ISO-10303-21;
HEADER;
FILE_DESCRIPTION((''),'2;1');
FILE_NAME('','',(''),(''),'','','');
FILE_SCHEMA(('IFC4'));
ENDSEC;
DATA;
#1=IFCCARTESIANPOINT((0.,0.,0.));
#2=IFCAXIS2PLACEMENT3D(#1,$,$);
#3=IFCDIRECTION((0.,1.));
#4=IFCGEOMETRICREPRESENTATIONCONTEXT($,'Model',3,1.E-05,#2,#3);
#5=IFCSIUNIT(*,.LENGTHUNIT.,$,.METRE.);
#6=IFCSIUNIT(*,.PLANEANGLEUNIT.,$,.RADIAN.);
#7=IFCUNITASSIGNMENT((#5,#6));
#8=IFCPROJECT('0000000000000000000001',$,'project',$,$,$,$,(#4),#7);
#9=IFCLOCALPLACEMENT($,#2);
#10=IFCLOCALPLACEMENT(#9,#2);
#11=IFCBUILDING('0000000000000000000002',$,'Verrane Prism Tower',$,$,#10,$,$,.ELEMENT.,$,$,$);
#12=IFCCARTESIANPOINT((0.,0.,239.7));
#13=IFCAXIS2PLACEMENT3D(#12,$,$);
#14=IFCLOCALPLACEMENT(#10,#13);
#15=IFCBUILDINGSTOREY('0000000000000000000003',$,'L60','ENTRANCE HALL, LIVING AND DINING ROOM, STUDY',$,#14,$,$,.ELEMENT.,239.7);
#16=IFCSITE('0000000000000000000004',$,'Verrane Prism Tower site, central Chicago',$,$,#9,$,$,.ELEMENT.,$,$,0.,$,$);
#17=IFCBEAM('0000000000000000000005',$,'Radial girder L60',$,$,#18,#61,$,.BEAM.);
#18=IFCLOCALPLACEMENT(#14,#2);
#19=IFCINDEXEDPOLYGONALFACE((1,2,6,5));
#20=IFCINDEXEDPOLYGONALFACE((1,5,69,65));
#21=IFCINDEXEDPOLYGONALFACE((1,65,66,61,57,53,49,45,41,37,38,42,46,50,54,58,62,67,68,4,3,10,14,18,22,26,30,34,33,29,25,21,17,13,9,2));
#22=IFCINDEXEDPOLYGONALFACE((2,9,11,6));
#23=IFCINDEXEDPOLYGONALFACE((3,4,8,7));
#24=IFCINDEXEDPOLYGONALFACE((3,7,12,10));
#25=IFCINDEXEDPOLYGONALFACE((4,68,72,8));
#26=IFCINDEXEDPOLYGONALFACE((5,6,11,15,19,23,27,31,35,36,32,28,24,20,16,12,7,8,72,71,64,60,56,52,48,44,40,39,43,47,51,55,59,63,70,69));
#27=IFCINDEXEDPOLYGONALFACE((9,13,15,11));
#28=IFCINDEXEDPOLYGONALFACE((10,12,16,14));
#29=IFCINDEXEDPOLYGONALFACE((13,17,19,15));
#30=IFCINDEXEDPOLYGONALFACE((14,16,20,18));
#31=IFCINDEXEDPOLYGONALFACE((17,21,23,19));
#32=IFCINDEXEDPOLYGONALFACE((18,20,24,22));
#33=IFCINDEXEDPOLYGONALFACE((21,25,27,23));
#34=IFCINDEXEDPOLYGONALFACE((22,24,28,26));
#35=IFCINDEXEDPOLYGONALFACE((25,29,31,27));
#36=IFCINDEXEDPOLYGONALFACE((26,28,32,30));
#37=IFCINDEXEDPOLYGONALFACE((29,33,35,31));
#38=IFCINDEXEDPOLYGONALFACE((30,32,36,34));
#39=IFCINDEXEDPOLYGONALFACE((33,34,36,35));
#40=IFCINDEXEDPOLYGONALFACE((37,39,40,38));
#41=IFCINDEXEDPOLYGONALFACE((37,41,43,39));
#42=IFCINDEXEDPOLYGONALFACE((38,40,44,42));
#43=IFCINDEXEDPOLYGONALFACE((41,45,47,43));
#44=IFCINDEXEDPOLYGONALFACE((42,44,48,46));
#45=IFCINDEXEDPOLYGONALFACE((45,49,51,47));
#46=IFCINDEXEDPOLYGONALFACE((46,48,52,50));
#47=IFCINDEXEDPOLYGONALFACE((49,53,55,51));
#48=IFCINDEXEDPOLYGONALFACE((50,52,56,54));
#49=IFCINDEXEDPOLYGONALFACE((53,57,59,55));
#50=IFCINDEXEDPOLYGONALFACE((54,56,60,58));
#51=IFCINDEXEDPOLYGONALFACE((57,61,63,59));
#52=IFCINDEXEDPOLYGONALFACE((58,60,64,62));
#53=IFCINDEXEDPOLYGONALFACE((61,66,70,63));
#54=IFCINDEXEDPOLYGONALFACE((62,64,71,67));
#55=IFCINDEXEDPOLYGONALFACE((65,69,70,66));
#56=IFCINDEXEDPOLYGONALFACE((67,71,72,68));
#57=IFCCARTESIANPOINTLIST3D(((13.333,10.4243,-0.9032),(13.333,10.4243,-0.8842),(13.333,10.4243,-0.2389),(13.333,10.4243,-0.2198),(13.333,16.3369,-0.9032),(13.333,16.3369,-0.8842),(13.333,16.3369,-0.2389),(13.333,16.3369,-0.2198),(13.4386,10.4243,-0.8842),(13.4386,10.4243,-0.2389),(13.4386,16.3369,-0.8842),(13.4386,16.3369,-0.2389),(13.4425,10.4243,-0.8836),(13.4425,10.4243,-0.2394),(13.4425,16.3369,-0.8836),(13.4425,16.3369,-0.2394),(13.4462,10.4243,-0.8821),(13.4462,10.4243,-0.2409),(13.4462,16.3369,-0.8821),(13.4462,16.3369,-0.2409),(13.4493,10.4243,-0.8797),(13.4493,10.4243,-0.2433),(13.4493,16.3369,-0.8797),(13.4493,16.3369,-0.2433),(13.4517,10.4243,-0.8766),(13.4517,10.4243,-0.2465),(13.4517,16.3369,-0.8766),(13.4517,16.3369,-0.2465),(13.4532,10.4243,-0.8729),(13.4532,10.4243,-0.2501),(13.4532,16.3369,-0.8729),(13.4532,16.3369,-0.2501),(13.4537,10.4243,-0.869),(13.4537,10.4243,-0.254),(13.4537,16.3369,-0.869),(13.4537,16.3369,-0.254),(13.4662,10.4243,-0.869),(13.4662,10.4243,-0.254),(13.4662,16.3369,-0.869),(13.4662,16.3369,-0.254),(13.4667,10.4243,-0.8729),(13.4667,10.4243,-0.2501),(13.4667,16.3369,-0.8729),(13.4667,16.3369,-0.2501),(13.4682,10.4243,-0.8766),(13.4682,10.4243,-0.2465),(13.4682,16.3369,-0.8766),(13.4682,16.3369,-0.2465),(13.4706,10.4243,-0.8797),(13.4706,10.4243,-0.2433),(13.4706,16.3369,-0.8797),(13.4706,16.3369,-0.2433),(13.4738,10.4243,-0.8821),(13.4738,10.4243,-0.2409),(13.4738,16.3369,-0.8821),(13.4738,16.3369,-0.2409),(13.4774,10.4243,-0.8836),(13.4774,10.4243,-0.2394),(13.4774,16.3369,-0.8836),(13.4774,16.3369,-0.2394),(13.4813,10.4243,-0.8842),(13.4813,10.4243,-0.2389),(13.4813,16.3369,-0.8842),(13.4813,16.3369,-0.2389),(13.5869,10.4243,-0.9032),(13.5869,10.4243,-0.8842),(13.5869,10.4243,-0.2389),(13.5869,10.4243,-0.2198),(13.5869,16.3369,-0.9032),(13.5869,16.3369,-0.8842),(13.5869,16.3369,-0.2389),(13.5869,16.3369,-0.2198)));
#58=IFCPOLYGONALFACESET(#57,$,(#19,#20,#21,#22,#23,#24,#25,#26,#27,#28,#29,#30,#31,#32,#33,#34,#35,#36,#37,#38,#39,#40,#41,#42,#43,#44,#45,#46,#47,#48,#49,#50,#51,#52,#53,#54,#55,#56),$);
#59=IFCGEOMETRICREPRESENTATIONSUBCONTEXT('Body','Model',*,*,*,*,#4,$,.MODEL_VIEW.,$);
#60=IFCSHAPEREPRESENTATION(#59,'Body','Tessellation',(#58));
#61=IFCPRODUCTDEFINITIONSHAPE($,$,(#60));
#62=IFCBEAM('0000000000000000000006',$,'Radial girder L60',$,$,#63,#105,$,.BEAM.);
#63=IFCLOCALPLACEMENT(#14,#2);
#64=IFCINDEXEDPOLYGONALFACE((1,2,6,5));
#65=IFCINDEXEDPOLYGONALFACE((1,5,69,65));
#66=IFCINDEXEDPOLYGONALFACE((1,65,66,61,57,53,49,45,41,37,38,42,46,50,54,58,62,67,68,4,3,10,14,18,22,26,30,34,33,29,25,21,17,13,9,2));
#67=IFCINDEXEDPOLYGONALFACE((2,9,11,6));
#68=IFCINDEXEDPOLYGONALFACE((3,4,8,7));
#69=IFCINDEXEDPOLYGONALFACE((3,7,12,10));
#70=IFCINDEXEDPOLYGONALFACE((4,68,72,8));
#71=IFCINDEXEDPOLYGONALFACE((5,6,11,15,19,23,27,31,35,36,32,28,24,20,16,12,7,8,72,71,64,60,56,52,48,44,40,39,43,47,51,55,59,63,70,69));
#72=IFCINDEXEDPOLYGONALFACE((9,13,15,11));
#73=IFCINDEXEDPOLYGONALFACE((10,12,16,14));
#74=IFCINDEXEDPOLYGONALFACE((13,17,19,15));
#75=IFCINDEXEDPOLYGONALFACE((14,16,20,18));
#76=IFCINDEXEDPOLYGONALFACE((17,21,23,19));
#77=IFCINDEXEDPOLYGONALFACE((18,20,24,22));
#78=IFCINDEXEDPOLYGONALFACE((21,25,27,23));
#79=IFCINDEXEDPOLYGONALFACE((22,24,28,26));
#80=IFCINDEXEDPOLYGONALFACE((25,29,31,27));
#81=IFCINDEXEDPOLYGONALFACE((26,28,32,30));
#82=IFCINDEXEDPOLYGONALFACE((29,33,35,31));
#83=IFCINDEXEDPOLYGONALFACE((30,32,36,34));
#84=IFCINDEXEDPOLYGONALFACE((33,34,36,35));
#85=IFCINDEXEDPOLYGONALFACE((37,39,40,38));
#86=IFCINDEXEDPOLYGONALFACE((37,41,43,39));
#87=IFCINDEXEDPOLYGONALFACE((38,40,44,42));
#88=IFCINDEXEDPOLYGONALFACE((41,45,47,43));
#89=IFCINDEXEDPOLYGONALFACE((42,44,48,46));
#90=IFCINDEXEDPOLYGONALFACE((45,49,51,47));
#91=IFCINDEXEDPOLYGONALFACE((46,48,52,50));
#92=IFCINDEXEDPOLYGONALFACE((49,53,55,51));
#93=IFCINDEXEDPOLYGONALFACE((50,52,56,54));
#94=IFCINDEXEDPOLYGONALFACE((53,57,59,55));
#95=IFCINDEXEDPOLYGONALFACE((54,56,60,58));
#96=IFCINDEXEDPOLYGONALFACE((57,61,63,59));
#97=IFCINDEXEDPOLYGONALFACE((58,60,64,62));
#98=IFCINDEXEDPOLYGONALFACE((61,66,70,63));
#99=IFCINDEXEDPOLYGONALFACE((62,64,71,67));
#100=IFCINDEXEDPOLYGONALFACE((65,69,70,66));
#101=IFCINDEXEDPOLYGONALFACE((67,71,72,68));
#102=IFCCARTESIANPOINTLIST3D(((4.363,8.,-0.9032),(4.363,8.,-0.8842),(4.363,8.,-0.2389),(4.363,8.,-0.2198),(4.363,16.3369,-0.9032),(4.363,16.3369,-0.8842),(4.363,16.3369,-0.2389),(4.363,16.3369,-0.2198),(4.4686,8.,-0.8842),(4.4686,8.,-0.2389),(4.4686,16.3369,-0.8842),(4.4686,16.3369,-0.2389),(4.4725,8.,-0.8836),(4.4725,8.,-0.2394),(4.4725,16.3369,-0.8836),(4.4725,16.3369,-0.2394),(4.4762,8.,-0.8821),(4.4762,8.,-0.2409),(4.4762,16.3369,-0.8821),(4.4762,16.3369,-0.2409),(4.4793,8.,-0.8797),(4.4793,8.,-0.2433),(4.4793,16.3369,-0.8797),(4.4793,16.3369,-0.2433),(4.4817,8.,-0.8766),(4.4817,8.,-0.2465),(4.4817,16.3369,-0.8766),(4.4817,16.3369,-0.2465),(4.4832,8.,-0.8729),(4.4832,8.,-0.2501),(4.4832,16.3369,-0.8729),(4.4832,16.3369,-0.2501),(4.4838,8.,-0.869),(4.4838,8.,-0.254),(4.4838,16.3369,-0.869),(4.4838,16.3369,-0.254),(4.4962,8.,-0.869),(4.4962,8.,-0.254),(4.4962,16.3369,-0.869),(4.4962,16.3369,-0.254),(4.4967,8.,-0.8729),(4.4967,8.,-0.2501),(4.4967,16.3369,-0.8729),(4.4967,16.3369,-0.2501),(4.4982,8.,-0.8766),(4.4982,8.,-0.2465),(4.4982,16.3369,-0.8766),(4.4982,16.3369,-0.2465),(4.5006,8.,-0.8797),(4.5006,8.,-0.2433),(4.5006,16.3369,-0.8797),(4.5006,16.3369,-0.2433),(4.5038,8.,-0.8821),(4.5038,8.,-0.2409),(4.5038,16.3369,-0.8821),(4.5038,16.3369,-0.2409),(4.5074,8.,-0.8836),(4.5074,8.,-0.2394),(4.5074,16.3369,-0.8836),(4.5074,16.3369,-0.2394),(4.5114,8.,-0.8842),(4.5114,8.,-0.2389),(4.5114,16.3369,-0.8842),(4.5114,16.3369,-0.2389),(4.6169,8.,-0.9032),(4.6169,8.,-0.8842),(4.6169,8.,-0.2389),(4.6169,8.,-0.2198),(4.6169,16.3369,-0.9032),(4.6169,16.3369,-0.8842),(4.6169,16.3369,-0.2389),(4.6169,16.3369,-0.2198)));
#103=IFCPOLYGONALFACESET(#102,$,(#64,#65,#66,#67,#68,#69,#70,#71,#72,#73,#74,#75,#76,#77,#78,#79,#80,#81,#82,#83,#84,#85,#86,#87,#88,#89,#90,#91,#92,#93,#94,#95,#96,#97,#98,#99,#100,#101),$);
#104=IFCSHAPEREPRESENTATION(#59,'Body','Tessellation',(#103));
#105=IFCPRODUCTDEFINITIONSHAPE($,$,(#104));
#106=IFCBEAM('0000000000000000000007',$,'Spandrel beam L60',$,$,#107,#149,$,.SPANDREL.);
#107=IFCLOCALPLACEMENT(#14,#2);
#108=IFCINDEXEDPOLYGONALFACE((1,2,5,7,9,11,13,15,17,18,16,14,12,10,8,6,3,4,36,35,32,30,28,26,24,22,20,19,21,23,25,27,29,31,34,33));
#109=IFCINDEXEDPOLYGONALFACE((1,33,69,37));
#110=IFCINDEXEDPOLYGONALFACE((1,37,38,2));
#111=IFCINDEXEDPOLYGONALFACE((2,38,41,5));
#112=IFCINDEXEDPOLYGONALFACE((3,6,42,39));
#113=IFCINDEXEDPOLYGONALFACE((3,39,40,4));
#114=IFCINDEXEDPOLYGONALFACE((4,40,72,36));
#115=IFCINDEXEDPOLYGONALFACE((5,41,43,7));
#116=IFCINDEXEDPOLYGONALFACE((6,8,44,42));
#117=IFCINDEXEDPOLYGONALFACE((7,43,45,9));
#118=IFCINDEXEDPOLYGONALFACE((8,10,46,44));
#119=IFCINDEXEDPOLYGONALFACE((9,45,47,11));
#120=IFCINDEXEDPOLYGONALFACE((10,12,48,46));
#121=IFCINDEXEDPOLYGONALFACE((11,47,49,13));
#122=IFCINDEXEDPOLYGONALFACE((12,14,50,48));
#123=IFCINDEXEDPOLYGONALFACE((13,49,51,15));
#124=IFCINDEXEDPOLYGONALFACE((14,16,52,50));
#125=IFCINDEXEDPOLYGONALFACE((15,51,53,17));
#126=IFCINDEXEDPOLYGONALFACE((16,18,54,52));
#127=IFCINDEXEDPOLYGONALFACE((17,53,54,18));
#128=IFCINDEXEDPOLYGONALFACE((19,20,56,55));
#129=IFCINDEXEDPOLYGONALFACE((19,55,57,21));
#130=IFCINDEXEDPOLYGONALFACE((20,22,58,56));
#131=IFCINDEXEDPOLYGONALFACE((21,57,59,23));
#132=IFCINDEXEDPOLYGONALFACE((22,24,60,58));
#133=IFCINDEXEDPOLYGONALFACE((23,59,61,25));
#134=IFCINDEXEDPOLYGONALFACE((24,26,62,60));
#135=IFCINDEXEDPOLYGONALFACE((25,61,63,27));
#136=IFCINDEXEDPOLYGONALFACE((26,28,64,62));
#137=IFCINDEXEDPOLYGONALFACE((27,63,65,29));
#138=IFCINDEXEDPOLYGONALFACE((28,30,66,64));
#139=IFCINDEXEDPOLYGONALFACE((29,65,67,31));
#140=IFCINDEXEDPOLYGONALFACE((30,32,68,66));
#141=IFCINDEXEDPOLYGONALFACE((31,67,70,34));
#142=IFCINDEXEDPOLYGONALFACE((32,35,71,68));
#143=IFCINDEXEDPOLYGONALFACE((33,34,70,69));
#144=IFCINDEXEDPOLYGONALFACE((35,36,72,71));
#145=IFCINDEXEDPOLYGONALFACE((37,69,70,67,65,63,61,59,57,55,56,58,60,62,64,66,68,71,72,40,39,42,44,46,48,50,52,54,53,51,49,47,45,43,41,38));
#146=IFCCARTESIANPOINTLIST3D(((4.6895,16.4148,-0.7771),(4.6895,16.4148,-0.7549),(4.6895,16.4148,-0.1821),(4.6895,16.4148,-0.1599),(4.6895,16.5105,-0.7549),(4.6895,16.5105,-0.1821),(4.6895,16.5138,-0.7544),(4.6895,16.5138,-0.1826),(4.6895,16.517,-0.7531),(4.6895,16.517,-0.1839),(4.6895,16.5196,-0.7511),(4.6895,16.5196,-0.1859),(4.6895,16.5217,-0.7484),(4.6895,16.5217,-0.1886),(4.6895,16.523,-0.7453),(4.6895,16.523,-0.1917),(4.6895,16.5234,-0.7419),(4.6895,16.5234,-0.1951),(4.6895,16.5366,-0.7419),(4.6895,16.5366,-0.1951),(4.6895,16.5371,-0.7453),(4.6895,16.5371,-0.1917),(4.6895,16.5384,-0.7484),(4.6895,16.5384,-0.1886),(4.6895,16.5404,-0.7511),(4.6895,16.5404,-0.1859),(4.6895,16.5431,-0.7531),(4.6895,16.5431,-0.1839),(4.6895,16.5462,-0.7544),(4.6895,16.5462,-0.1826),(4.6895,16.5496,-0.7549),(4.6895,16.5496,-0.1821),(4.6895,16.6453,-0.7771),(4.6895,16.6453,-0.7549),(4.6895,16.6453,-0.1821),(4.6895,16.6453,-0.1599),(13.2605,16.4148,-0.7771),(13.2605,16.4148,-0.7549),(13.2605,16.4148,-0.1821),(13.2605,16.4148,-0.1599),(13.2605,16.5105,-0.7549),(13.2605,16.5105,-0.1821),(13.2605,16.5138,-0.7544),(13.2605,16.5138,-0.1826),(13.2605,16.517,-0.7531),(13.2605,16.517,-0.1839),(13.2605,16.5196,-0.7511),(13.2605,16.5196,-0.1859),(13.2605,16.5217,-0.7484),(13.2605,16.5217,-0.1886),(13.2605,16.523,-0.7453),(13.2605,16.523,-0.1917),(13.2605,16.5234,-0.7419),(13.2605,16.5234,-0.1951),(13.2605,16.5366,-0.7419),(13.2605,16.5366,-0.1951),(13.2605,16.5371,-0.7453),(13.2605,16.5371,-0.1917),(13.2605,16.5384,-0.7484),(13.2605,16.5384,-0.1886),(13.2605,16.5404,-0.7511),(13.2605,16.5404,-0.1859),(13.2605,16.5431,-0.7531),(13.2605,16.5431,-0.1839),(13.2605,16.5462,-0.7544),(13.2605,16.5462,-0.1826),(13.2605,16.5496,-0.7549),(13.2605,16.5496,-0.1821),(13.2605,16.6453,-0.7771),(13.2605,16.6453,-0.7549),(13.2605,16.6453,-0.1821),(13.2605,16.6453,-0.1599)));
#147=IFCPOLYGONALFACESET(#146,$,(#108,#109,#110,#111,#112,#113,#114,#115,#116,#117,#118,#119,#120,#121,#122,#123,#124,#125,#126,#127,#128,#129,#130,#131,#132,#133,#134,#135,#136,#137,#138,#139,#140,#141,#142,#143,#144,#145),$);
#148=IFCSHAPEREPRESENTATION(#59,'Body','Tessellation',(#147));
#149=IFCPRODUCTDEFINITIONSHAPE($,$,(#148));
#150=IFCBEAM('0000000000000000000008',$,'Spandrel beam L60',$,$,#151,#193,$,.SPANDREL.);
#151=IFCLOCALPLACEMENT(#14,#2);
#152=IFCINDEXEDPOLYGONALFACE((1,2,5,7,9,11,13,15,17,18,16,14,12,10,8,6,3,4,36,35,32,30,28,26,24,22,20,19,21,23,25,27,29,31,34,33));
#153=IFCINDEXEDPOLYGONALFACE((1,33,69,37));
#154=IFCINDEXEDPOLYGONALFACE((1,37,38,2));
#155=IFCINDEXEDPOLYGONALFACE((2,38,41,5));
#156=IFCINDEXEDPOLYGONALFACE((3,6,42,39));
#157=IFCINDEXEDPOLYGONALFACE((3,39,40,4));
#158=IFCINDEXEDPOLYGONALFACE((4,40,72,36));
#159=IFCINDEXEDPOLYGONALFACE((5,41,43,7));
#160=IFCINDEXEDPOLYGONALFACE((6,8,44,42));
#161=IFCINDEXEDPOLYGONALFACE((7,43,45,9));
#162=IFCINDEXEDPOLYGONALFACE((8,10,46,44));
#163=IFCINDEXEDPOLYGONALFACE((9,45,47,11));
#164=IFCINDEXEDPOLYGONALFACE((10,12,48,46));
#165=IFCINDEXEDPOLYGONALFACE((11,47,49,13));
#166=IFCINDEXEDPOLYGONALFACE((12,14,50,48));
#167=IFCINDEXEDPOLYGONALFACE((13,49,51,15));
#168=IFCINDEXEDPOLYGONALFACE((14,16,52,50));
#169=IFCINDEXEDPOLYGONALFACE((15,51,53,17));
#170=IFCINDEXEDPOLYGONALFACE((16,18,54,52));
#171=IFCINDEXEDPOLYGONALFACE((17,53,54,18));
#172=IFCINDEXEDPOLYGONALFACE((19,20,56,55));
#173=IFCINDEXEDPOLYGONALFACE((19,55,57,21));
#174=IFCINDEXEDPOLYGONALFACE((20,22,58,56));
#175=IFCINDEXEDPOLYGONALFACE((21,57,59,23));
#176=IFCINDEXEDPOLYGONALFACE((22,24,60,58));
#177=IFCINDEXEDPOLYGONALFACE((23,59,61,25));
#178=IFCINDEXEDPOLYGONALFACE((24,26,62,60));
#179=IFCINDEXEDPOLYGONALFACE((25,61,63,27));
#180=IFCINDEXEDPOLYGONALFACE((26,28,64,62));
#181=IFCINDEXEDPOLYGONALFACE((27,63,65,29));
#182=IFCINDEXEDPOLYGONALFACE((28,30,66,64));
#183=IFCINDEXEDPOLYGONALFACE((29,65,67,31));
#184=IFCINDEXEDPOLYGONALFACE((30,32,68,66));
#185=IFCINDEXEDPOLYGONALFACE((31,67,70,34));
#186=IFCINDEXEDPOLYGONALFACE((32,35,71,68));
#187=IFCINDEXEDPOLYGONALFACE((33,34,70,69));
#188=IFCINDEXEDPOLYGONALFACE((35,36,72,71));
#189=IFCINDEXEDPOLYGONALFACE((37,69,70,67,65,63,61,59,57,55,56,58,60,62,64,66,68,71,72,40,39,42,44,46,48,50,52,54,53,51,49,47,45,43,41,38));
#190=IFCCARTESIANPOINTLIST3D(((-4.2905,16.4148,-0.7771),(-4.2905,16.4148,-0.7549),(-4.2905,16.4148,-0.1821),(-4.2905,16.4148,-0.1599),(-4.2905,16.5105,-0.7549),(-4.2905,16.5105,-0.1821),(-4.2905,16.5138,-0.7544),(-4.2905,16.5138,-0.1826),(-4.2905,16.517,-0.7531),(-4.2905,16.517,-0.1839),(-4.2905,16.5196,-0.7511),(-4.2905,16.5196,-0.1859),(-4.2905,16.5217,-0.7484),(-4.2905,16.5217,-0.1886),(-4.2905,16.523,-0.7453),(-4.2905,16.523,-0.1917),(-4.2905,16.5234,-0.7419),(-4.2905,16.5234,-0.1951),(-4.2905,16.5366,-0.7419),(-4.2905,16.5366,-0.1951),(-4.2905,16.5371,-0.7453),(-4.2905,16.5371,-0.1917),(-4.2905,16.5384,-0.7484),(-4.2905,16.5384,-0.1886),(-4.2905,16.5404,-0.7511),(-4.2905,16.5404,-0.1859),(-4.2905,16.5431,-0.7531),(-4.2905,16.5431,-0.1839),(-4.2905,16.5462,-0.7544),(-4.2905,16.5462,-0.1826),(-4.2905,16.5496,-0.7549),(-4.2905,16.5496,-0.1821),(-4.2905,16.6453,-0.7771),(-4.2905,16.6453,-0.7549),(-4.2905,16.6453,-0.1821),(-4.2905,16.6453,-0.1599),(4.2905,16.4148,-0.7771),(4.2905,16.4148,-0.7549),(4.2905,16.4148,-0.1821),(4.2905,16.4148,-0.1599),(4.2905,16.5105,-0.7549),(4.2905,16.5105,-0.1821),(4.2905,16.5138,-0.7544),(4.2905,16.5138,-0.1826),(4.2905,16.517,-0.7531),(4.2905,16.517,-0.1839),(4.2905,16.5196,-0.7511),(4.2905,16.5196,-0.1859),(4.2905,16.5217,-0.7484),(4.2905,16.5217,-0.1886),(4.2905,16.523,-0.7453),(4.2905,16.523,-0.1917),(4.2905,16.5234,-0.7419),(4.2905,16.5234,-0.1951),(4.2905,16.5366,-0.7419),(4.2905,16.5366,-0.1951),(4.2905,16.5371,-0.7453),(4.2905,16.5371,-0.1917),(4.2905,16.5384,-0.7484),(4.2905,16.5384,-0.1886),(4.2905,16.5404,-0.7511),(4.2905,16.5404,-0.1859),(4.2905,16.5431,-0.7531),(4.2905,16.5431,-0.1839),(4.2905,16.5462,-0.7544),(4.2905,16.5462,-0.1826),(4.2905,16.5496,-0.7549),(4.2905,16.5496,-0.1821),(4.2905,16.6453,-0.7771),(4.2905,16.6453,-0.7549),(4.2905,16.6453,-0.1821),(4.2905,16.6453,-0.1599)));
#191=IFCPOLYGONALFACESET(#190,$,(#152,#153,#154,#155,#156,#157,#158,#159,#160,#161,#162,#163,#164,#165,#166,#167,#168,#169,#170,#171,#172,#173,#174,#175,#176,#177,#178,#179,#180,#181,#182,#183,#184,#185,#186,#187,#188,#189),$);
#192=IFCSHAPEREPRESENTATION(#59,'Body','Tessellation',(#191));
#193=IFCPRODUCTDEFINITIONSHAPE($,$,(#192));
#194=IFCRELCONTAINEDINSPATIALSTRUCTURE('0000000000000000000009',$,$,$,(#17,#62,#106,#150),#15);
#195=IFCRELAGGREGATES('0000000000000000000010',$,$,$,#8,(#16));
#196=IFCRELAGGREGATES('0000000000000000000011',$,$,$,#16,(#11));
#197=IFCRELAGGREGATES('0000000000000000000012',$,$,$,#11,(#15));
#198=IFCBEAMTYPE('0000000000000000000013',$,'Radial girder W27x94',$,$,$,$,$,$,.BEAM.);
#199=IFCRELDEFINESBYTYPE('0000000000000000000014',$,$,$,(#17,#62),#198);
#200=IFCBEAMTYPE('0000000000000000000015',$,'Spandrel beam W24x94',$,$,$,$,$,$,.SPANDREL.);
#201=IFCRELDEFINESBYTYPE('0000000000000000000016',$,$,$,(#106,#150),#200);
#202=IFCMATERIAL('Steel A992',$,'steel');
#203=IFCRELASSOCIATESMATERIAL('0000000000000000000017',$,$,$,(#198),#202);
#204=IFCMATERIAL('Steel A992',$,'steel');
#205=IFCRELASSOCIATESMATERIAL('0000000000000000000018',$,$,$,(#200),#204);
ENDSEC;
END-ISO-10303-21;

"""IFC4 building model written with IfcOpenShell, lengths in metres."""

from ifc_helpers import new_model, si_unit, direction, frame, origin, origin_2d, place, context, subcontext, project, spatial, i_section, extrude, material, material_profile, profile_set, type_object, element, save


model = new_model("IFC4")

# Units and contexts
model_context = context("Model", 3, precision=1e-05, world=origin(), true_north=direction((0.0, 1.0)))
body_context = subcontext(model_context, "Body", "Model", "MODEL_VIEW")
ifc_project = project(units=[si_unit("LENGTHUNIT", "METRE"), si_unit("PLANEANGLEUNIT", "RADIAN")], contexts=[model_context])

# Site, building, storey
site_placement = place(None, origin())
site = spatial("IfcSite", under=ifc_project, at=site_placement, Name="Verrane Prism Tower site, central Chicago", CompositionType="ELEMENT", RefElevation=0.0)
building_placement = place(site_placement, origin())
building = spatial("IfcBuilding", under=site, at=building_placement, Name="Verrane Prism Tower", CompositionType="ELEMENT")
storey_placement = place(building_placement, frame((0.0, 0.0, 239.7)))
storey = spatial("IfcBuildingStorey", under=building, at=storey_placement, Name="L60", Description="ENTRANCE HALL, LIVING AND DINING ROOM, STUDY", CompositionType="ELEMENT", Elevation=239.7)

# Beams
ifc_material_1 = material(Name="Steel A992", Category="steel")
ifc_material_profile_1 = material_profile(ifc_material_1, i_section(OverallWidth=0.2539, OverallDepth=0.6833, WebThickness=0.0125, FlangeThickness=0.019, FilletRadius=0.0151, at=origin_2d()), Name="W27x94")
ifc_profile_set_1 = profile_set([ifc_material_profile_1], Name="Steel A992")
beam_type_1 = type_object("IfcBeamType", Name="Radial girder W27x94", PredefinedType="BEAM", material=ifc_profile_set_1)
beam_1_placement = place(storey_placement, frame((13.46, 16.3369, -0.5615), z_axis=(0.0, -1.0, 0.0), x_axis=(1.0, 0.0, 0.0)))
element("IfcBeam", 1, at=beam_1_placement, inside=storey, type_object=beam_type_1, Name="Radial girder L60", PredefinedType="BEAM", context=body_context, shape_type="SweptSolid", body=[
    extrude(i_section(OverallWidth=0.2539, OverallDepth=0.6833, WebThickness=0.0125, FlangeThickness=0.019, FilletRadius=0.0151, at=origin_2d()), origin(), (0.0, 0.0, 1.0), 5.9126),
])
beam_2_placement = place(storey_placement, frame((4.49, 16.3369, -0.5615), z_axis=(0.0, -1.0, 0.0), x_axis=(1.0, 0.0, 0.0)))
element("IfcBeam", 2, at=beam_2_placement, inside=storey, type_object=beam_type_1, Name="Radial girder L60", PredefinedType="BEAM", context=body_context, shape_type="SweptSolid", body=[
    extrude(i_section(OverallWidth=0.2539, OverallDepth=0.6833, WebThickness=0.0125, FlangeThickness=0.019, FilletRadius=0.0151, at=origin_2d()), origin(), (0.0, 0.0, 1.0), 8.3369),
])
ifc_material_2 = material(Name="Steel A992", Category="steel")
ifc_material_profile_2 = material_profile(ifc_material_2, i_section(OverallWidth=0.2305, OverallDepth=0.6172, WebThickness=0.0132, FlangeThickness=0.0222, FilletRadius=0.0129, at=origin_2d()), Name="W24x94")
ifc_profile_set_2 = profile_set([ifc_material_profile_2], Name="Steel A992")
beam_type_2 = type_object("IfcBeamType", Name="Spandrel beam W24x94", PredefinedType="SPANDREL", material=ifc_profile_set_2)
beam_3_placement = place(storey_placement, frame((13.2605, 16.53, -0.4685), z_axis=(-1.0, 0.0, 0.0), x_axis=(0.0, -1.0, 0.0)))
element("IfcBeam", 3, at=beam_3_placement, inside=storey, type_object=beam_type_2, Name="Spandrel beam L60", PredefinedType="SPANDREL", context=body_context, shape_type="SweptSolid", body=[
    extrude(i_section(OverallWidth=0.2305, OverallDepth=0.6172, WebThickness=0.0132, FlangeThickness=0.0222, FilletRadius=0.0129, at=origin_2d()), origin(), (0.0, 0.0, 1.0), 8.571),
])
beam_4_placement = place(storey_placement, frame((4.2905, 16.53, -0.4685), z_axis=(-1.0, 0.0, 0.0), x_axis=(0.0, -1.0, 0.0)))
element("IfcBeam", 4, at=beam_4_placement, inside=storey, type_object=beam_type_2, Name="Spandrel beam L60", PredefinedType="SPANDREL", context=body_context, shape_type="SweptSolid", body=[
    extrude(i_section(OverallWidth=0.2305, OverallDepth=0.6172, WebThickness=0.0132, FlangeThickness=0.0222, FilletRadius=0.0129, at=origin_2d()), origin(), (0.0, 0.0, 1.0), 8.5811),
])

save(model, "model.ifc")
